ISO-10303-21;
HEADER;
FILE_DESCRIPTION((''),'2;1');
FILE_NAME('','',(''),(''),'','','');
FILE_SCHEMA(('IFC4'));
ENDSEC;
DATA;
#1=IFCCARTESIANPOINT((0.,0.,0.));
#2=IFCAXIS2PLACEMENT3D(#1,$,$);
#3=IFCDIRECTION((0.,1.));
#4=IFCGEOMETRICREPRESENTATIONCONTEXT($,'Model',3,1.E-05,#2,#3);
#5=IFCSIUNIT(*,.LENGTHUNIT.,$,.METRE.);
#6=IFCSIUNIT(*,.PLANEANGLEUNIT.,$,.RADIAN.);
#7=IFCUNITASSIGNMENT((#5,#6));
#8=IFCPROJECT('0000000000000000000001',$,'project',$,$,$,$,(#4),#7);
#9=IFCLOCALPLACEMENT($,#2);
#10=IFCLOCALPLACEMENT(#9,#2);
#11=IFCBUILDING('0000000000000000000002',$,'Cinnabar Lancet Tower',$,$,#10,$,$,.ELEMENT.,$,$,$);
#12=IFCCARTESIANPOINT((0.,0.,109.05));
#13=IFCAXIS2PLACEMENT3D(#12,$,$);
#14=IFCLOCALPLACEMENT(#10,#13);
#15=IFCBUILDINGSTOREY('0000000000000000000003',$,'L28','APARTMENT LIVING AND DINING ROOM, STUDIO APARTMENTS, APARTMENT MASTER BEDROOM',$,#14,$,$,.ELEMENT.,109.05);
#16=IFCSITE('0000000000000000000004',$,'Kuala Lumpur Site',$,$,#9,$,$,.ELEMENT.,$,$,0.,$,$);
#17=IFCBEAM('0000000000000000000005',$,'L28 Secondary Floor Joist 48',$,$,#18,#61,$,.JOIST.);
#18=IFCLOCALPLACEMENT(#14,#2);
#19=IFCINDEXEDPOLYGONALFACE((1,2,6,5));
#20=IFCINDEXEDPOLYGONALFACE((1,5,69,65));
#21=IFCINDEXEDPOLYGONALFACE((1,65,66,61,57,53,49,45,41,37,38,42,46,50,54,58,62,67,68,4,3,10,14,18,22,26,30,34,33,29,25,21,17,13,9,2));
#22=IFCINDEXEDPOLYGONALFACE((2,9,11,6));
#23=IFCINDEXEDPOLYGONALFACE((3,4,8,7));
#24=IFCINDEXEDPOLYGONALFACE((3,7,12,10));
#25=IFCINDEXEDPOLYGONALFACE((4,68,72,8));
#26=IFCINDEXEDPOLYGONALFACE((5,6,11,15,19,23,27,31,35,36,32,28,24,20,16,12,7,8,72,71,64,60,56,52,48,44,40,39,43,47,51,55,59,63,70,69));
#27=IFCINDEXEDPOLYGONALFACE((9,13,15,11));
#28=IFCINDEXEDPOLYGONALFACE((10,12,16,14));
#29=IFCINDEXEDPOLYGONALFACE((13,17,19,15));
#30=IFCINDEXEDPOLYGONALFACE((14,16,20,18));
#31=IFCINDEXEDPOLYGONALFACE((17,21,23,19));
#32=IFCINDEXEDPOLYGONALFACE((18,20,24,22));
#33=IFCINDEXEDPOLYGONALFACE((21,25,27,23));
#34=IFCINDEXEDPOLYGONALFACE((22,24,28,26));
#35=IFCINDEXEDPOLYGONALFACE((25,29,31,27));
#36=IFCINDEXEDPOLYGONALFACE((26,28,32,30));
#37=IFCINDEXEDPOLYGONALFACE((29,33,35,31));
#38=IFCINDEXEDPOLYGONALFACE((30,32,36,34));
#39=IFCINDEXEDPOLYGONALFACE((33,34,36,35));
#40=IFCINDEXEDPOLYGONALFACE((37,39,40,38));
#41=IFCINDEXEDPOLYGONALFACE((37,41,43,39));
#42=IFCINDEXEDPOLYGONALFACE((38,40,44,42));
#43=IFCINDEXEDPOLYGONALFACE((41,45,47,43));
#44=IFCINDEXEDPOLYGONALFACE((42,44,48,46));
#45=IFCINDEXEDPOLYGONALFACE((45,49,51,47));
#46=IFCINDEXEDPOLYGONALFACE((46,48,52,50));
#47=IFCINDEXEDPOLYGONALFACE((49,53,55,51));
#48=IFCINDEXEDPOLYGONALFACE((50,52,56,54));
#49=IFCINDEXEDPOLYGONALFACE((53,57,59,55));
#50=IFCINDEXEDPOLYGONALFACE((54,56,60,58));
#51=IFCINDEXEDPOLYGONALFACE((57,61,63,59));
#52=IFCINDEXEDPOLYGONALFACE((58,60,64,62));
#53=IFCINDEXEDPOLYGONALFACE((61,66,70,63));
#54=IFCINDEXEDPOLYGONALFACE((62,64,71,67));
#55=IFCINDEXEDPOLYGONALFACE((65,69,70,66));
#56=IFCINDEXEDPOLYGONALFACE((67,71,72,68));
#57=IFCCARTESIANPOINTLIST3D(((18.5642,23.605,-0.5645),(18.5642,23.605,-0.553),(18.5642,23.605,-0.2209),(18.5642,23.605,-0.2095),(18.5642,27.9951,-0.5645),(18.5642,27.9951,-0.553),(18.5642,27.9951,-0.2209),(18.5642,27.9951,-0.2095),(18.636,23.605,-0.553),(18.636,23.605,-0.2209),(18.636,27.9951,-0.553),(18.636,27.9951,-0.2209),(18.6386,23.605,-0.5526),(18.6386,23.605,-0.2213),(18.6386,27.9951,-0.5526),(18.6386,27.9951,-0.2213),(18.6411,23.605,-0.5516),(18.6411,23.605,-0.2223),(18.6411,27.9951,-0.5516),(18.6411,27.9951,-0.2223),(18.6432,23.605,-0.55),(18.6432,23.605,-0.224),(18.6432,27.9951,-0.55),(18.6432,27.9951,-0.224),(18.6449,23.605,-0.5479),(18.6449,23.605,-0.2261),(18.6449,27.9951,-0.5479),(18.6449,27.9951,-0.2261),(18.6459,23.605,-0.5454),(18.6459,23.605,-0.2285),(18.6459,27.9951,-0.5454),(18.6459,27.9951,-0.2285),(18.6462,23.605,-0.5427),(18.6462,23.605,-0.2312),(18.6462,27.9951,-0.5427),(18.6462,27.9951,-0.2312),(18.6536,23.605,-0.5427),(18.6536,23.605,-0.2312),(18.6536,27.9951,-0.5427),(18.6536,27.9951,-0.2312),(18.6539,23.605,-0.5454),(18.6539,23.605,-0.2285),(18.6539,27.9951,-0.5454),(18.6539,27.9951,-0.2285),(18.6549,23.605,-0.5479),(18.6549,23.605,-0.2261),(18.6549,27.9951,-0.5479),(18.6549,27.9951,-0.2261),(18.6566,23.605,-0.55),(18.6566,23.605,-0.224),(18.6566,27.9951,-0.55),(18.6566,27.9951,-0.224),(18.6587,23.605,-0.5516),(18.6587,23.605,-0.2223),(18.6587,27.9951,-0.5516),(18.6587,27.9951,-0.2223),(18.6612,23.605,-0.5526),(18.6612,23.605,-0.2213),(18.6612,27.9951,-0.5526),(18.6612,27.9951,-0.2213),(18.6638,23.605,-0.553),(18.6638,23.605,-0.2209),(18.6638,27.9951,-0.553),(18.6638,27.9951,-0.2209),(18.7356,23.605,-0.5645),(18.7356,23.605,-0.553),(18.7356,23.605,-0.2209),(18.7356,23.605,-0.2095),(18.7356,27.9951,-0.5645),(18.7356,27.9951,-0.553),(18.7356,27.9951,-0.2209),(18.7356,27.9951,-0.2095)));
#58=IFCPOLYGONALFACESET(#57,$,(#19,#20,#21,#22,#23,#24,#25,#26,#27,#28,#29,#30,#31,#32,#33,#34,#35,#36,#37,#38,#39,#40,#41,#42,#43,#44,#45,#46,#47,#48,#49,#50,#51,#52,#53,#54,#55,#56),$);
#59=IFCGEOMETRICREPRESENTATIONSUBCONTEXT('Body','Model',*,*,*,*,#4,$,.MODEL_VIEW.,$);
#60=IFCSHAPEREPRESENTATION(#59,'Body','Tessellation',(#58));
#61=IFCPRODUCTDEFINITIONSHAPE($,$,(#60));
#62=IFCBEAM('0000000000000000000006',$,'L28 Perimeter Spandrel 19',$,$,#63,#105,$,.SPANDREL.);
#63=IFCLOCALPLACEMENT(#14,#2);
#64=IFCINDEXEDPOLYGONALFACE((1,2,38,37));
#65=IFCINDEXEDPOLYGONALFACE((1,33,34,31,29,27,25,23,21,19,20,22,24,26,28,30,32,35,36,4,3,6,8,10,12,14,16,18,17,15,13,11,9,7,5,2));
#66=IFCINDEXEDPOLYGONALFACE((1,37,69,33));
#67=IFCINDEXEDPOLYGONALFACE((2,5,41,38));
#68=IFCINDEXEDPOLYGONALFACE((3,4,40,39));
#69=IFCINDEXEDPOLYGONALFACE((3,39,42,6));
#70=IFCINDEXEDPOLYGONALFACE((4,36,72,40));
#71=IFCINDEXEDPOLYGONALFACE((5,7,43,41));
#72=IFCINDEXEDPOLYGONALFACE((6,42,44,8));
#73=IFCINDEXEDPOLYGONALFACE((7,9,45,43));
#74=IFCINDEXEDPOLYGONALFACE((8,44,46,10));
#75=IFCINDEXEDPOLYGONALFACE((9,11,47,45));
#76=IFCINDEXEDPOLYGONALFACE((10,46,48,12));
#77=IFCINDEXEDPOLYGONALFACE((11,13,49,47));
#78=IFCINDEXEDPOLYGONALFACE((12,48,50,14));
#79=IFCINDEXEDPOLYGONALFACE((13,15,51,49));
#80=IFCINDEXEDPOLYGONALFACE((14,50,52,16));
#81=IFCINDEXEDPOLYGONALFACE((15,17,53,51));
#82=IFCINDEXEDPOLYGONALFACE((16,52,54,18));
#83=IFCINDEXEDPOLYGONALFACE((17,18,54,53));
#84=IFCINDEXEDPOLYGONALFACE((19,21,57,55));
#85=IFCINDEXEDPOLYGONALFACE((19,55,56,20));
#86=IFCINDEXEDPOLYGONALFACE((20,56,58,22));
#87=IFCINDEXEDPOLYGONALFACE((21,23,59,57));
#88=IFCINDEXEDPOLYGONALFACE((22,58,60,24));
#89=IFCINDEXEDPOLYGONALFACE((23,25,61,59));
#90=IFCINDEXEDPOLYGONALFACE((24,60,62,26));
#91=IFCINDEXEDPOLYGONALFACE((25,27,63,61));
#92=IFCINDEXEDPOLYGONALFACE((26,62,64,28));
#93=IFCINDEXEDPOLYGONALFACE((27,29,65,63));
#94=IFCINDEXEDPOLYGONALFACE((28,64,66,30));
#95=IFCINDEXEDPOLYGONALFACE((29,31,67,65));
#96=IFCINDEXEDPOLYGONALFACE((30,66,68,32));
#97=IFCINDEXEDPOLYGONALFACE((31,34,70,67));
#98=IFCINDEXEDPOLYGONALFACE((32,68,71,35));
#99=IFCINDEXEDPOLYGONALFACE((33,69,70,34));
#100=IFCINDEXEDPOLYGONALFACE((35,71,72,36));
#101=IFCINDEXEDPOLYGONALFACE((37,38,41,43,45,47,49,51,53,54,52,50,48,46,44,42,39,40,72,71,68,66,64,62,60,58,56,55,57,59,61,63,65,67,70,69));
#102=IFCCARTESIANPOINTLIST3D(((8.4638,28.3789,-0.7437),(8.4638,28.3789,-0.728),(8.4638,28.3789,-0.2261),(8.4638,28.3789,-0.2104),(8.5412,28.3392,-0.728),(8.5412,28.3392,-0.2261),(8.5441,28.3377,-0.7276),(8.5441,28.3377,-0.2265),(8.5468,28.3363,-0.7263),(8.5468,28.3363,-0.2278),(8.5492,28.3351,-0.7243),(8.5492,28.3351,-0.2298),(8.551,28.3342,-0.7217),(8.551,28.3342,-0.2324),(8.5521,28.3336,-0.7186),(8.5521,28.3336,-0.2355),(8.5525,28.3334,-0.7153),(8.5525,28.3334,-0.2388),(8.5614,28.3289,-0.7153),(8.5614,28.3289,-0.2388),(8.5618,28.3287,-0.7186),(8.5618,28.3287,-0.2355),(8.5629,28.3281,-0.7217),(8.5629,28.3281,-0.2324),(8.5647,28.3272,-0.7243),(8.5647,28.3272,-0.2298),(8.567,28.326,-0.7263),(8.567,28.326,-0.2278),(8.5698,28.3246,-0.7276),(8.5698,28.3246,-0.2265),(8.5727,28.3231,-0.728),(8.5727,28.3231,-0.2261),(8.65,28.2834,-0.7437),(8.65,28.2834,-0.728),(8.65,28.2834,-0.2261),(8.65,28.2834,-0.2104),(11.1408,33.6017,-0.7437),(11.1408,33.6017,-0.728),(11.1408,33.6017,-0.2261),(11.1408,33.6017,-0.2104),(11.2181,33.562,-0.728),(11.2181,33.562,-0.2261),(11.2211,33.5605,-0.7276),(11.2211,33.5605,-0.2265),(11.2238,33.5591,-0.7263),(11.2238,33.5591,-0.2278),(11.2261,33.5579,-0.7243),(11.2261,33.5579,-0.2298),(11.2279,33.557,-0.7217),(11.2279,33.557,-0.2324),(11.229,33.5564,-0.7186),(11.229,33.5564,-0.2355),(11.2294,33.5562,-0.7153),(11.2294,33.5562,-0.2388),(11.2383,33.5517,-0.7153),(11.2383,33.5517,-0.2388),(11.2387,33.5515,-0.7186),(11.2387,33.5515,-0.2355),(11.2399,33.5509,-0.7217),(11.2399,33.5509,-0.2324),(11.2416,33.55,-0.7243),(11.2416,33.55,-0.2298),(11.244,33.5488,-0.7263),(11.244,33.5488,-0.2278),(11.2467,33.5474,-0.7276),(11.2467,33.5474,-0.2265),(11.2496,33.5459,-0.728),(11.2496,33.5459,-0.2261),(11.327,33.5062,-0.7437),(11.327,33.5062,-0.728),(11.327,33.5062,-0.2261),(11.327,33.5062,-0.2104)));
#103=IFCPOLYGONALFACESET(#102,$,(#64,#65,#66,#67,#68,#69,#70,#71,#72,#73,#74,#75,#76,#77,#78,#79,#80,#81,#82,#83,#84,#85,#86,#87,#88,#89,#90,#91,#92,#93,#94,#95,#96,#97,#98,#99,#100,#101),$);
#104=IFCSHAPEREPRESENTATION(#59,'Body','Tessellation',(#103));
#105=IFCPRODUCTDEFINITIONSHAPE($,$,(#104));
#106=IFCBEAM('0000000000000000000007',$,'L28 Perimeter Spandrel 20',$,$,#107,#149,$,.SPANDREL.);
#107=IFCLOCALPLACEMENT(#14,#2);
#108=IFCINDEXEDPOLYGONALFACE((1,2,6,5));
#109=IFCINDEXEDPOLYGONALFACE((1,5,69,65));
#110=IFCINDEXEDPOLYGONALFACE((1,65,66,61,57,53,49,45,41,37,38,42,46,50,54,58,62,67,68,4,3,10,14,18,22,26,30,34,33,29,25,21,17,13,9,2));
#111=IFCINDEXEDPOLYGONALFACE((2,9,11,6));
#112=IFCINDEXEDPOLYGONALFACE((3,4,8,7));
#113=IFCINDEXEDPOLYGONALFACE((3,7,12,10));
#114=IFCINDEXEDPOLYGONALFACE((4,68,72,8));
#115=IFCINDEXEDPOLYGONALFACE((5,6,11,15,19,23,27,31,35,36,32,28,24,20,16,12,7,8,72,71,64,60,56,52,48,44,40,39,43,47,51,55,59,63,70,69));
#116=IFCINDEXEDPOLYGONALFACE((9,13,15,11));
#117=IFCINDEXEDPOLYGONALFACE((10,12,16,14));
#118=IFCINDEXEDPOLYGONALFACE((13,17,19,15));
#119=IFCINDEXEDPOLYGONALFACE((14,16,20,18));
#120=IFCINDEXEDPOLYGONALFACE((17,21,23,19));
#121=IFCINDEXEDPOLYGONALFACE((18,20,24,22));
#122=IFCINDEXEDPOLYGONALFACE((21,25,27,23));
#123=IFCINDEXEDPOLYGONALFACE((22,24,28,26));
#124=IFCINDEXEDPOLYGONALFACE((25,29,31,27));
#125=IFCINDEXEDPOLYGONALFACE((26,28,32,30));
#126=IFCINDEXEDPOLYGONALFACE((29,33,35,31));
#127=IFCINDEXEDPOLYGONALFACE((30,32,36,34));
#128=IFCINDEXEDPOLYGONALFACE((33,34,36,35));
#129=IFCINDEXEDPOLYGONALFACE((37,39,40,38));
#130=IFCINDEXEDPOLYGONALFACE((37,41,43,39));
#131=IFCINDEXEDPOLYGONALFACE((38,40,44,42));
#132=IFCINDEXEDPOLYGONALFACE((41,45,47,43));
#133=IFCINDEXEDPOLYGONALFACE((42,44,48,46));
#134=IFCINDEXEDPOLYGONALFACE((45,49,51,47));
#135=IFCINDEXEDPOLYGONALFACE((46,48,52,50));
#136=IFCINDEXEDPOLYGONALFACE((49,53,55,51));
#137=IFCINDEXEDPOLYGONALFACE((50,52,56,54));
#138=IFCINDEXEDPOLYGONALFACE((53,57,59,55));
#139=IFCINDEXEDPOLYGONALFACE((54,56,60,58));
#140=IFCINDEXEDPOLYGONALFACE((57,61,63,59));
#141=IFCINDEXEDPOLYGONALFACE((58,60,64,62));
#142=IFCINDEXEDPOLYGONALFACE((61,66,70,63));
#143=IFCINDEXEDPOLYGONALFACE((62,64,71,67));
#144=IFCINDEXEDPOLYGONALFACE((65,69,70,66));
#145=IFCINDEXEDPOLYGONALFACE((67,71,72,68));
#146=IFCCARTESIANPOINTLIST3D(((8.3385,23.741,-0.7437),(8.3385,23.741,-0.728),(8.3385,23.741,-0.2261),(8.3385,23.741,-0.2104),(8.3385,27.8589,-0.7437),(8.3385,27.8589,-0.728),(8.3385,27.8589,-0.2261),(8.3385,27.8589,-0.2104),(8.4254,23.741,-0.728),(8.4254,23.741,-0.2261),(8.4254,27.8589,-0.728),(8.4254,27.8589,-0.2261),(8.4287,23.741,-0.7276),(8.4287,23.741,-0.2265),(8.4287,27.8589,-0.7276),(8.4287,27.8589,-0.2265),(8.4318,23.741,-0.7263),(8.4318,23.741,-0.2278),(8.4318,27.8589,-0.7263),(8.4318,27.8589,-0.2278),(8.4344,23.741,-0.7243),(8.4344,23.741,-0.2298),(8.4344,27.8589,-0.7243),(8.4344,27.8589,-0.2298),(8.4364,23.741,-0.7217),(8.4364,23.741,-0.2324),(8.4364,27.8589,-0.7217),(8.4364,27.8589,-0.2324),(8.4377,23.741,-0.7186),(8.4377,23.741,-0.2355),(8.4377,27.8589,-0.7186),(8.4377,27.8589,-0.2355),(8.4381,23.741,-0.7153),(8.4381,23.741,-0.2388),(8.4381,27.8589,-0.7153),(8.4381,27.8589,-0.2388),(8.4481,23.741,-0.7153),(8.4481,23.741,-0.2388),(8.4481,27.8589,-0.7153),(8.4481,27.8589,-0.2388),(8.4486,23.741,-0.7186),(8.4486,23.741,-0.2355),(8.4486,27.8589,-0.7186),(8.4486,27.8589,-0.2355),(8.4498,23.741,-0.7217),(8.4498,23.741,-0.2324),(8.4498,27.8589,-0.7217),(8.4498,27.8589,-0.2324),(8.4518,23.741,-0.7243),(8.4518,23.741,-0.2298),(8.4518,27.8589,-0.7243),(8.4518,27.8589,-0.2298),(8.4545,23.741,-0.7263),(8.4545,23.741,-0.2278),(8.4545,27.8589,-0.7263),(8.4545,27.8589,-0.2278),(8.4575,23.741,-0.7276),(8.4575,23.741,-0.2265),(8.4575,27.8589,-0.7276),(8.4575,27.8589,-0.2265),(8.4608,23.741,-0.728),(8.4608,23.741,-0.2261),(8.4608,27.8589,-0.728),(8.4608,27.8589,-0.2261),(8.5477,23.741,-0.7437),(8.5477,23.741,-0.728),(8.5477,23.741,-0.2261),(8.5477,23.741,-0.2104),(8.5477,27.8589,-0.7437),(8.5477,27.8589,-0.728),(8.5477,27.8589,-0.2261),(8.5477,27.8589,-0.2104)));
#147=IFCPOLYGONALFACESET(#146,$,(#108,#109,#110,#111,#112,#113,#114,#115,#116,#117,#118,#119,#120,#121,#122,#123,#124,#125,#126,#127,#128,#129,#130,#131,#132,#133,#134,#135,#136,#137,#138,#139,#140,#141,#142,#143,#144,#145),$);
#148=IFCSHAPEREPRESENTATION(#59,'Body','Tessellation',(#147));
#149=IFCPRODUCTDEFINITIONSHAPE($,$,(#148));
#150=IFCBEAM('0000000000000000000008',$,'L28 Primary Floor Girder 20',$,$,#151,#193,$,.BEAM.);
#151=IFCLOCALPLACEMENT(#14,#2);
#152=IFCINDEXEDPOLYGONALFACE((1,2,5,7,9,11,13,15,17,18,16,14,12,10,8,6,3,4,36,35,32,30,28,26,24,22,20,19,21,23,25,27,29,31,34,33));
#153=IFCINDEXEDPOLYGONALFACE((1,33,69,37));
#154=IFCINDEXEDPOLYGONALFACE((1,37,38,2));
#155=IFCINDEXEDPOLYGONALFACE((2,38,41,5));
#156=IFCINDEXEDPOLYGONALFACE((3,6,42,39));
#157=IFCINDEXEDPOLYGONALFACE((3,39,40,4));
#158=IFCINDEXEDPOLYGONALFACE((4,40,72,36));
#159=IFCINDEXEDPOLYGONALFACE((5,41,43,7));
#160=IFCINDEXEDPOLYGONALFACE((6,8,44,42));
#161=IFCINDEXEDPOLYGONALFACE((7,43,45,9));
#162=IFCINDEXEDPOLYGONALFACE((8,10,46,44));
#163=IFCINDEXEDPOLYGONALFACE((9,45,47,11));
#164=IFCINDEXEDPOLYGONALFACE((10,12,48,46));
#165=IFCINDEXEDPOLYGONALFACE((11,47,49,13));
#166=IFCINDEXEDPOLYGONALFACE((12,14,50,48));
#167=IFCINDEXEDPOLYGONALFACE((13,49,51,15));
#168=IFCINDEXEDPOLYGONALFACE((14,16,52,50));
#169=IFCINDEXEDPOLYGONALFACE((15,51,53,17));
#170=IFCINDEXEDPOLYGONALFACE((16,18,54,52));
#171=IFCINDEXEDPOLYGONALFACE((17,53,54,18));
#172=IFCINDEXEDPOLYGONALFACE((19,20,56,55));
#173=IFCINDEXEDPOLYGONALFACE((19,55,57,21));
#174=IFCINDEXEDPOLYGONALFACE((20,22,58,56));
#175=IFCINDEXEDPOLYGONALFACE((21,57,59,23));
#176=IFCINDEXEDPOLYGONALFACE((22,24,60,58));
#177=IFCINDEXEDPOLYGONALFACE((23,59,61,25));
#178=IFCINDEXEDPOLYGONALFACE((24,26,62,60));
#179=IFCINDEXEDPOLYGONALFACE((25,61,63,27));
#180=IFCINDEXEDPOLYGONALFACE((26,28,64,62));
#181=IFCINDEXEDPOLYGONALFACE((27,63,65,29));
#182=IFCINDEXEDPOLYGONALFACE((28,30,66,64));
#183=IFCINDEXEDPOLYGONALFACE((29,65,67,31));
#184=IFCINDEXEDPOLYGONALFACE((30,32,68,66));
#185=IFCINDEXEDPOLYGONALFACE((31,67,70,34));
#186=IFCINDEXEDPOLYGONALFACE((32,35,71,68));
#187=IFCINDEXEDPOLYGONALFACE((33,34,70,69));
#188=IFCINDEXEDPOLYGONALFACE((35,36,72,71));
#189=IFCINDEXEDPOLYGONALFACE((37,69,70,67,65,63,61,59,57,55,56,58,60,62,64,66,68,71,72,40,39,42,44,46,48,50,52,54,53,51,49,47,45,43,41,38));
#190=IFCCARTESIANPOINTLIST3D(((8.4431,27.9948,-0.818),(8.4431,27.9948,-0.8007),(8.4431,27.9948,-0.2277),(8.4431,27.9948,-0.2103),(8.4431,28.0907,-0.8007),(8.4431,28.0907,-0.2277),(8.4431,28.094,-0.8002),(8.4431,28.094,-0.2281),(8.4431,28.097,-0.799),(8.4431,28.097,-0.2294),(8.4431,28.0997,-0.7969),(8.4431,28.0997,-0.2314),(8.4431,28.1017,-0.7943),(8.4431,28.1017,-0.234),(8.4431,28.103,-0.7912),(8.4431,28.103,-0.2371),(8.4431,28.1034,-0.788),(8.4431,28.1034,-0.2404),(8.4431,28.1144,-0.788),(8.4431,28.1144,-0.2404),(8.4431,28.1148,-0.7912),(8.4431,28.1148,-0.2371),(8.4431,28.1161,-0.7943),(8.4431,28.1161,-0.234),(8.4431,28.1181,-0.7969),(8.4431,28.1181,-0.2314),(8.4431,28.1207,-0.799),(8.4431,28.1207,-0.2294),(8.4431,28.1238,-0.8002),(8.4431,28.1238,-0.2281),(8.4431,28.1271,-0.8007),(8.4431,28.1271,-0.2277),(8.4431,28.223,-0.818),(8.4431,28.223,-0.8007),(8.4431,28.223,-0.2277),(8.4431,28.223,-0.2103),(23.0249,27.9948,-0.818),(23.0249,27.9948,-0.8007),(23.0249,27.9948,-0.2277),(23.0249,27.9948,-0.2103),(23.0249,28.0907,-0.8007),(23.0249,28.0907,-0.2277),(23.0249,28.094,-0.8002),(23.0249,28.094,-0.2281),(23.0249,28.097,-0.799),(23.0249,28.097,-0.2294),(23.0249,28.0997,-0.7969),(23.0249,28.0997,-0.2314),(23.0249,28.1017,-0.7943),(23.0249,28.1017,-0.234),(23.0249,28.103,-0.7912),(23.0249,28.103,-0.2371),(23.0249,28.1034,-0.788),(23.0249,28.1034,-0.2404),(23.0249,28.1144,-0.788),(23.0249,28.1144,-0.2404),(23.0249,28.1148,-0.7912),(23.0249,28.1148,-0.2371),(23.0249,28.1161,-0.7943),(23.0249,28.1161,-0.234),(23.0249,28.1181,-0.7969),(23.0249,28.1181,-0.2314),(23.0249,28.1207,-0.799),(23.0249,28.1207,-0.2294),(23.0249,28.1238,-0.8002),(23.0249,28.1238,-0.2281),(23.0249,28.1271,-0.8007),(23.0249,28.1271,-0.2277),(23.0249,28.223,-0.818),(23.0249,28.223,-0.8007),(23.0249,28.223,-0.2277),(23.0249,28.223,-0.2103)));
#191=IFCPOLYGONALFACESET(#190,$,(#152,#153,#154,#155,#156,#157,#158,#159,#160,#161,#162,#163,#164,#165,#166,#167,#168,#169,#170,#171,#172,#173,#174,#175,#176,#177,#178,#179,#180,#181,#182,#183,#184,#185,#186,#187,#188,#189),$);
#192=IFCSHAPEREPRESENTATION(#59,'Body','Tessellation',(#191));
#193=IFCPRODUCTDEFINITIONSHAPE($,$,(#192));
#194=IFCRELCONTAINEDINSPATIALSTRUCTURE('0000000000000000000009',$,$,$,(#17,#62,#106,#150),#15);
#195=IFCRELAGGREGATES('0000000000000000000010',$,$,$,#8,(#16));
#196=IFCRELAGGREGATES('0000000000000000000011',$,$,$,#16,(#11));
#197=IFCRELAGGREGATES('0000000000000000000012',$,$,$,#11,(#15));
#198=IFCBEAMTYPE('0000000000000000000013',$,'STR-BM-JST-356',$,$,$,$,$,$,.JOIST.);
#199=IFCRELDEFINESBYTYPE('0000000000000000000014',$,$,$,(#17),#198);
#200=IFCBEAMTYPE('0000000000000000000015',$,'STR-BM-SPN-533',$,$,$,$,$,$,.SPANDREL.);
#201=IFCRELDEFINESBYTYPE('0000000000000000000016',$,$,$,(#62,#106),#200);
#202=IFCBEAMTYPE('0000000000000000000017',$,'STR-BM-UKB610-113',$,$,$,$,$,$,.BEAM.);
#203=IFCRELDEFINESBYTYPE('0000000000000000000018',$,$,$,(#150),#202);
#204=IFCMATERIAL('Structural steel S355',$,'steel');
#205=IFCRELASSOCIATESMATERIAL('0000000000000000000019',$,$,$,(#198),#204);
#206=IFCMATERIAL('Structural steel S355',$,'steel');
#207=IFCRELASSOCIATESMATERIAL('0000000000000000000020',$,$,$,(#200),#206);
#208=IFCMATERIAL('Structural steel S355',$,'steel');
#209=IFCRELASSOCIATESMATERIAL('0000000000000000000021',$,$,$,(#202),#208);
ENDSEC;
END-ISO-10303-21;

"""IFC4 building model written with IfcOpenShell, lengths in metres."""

from ifc_helpers import new_model, si_unit, direction, frame, origin, origin_2d, place, context, subcontext, project, spatial, i_section, extrude, material, material_profile, profile_set, type_object, element, save


model = new_model("IFC4")

# Units and contexts
model_context = context("Model", 3, precision=1e-05, world=origin(), true_north=direction((0.0, 1.0)))
body_context = subcontext(model_context, "Body", "Model", "MODEL_VIEW")
ifc_project = project(units=[si_unit("LENGTHUNIT", "METRE"), si_unit("PLANEANGLEUNIT", "RADIAN")], contexts=[model_context])

# Site, building, storey
site_placement = place(None, origin())
site = spatial("IfcSite", under=ifc_project, at=site_placement, Name="Kuala Lumpur Site", CompositionType="ELEMENT", RefElevation=0.0)
building_placement = place(site_placement, origin())
building = spatial("IfcBuilding", under=site, at=building_placement, Name="Cinnabar Lancet Tower", CompositionType="ELEMENT")
storey_placement = place(building_placement, frame((0.0, 0.0, 109.05)))
storey = spatial("IfcBuildingStorey", under=building, at=storey_placement, Name="L28", Description="APARTMENT LIVING AND DINING ROOM, STUDIO APARTMENTS, APARTMENT MASTER BEDROOM", CompositionType="ELEMENT", Elevation=109.05)

# Beams
ifc_material_1 = material(Name="Structural steel S355", Category="steel")
ifc_material_profile_1 = material_profile(ifc_material_1, i_section(OverallWidth=0.1714, OverallDepth=0.355, WebThickness=0.0073, FlangeThickness=0.0115, FilletRadius=0.0103, at=origin_2d()), Name="UKB 356x171x51")
ifc_profile_set_1 = profile_set([ifc_material_profile_1], Name="Structural steel S355")
beam_type_1 = type_object("IfcBeamType", Name="STR-BM-JST-356", PredefinedType="JOIST", material=ifc_profile_set_1)
for number, where, z_axis, x_axis, name in (
    (1, (18.6499, 27.9951, -0.387), (0.0, -1.0, 0.0), (1.0, 0.0, 0.0), "L28 Secondary Floor Joist 48"),
):
    element("IfcBeam", number, at=place(storey_placement, frame(where, z_axis=z_axis, x_axis=x_axis)), inside=storey, type_object=beam_type_1, Name=name, PredefinedType="JOIST", context=body_context, shape_type="SweptSolid", body=[
        extrude(i_section(OverallWidth=0.1714, OverallDepth=0.355, WebThickness=0.0073, FlangeThickness=0.0115, FilletRadius=0.0103, at=origin_2d()), origin(), (0.0, 0.0, 1.0), 4.3901),
    ])
ifc_material_2 = material(Name="Structural steel S355", Category="steel")
ifc_material_profile_2 = material_profile(ifc_material_2, i_section(OverallWidth=0.2092, OverallDepth=0.5332, WebThickness=0.01, FlangeThickness=0.0156, FilletRadius=0.0127, at=origin_2d()), Name="UKB 533x210x92")
ifc_profile_set_2 = profile_set([ifc_material_profile_2], Name="Structural steel S355")
beam_type_2 = type_object("IfcBeamType", Name="STR-BM-SPN-533", PredefinedType="SPANDREL", material=ifc_profile_set_2)
beam_1_placement = place(storey_placement, frame((11.2339, 33.554, -0.4771), z_axis=(-0.456127, -0.889915, 0.0), x_axis=(0.889915, -0.456127, 0.0)))
element("IfcBeam", 2, at=beam_1_placement, inside=storey, type_object=beam_type_2, Name="L28 Perimeter Spandrel 19", PredefinedType="SPANDREL", context=body_context, shape_type="SweptSolid", body=[
    extrude(i_section(OverallWidth=0.2092, OverallDepth=0.5332, WebThickness=0.01, FlangeThickness=0.0156, FilletRadius=0.0127, at=origin_2d()), origin(), (0.0, 0.0, 1.0), 5.8689),
])
beam_2_placement = place(storey_placement, frame((8.4431, 27.8589, -0.4771), z_axis=(0.0, -1.0, 0.0), x_axis=(1.0, 0.0, 0.0)))
element("IfcBeam", 3, at=beam_2_placement, inside=storey, type_object=beam_type_2, Name="L28 Perimeter Spandrel 20", PredefinedType="SPANDREL", context=body_context, shape_type="SweptSolid", body=[
    extrude(i_section(OverallWidth=0.2092, OverallDepth=0.5332, WebThickness=0.01, FlangeThickness=0.0156, FilletRadius=0.0127, at=origin_2d()), origin(), (0.0, 0.0, 1.0), 4.1179),
])
ifc_material_3 = material(Name="Structural steel S355", Category="steel")
ifc_material_profile_3 = material_profile(ifc_material_3, i_section(OverallWidth=0.2283, OverallDepth=0.6077, WebThickness=0.011, FlangeThickness=0.0173, FilletRadius=0.0127, at=origin_2d()), Name="UKB 610x229x113")
ifc_profile_set_3 = profile_set([ifc_material_profile_3], Name="Structural steel S355")
beam_type_3 = type_object("IfcBeamType", Name="STR-BM-UKB610-113", PredefinedType="BEAM", material=ifc_profile_set_3)
beam_3_placement = place(storey_placement, frame((8.4431, 28.1089, -0.5142), z_axis=(1.0, 0.0, 0.0), x_axis=(0.0, 1.0, 0.0)))
element("IfcBeam", 4, at=beam_3_placement, inside=storey, type_object=beam_type_3, Name="L28 Primary Floor Girder 20", PredefinedType="BEAM", context=body_context, shape_type="SweptSolid", body=[
    extrude(i_section(OverallWidth=0.2283, OverallDepth=0.6077, WebThickness=0.011, FlangeThickness=0.0173, FilletRadius=0.0127, at=origin_2d()), origin(), (0.0, 0.0, 1.0), 14.5818),
])

save(model, "model.ifc")
